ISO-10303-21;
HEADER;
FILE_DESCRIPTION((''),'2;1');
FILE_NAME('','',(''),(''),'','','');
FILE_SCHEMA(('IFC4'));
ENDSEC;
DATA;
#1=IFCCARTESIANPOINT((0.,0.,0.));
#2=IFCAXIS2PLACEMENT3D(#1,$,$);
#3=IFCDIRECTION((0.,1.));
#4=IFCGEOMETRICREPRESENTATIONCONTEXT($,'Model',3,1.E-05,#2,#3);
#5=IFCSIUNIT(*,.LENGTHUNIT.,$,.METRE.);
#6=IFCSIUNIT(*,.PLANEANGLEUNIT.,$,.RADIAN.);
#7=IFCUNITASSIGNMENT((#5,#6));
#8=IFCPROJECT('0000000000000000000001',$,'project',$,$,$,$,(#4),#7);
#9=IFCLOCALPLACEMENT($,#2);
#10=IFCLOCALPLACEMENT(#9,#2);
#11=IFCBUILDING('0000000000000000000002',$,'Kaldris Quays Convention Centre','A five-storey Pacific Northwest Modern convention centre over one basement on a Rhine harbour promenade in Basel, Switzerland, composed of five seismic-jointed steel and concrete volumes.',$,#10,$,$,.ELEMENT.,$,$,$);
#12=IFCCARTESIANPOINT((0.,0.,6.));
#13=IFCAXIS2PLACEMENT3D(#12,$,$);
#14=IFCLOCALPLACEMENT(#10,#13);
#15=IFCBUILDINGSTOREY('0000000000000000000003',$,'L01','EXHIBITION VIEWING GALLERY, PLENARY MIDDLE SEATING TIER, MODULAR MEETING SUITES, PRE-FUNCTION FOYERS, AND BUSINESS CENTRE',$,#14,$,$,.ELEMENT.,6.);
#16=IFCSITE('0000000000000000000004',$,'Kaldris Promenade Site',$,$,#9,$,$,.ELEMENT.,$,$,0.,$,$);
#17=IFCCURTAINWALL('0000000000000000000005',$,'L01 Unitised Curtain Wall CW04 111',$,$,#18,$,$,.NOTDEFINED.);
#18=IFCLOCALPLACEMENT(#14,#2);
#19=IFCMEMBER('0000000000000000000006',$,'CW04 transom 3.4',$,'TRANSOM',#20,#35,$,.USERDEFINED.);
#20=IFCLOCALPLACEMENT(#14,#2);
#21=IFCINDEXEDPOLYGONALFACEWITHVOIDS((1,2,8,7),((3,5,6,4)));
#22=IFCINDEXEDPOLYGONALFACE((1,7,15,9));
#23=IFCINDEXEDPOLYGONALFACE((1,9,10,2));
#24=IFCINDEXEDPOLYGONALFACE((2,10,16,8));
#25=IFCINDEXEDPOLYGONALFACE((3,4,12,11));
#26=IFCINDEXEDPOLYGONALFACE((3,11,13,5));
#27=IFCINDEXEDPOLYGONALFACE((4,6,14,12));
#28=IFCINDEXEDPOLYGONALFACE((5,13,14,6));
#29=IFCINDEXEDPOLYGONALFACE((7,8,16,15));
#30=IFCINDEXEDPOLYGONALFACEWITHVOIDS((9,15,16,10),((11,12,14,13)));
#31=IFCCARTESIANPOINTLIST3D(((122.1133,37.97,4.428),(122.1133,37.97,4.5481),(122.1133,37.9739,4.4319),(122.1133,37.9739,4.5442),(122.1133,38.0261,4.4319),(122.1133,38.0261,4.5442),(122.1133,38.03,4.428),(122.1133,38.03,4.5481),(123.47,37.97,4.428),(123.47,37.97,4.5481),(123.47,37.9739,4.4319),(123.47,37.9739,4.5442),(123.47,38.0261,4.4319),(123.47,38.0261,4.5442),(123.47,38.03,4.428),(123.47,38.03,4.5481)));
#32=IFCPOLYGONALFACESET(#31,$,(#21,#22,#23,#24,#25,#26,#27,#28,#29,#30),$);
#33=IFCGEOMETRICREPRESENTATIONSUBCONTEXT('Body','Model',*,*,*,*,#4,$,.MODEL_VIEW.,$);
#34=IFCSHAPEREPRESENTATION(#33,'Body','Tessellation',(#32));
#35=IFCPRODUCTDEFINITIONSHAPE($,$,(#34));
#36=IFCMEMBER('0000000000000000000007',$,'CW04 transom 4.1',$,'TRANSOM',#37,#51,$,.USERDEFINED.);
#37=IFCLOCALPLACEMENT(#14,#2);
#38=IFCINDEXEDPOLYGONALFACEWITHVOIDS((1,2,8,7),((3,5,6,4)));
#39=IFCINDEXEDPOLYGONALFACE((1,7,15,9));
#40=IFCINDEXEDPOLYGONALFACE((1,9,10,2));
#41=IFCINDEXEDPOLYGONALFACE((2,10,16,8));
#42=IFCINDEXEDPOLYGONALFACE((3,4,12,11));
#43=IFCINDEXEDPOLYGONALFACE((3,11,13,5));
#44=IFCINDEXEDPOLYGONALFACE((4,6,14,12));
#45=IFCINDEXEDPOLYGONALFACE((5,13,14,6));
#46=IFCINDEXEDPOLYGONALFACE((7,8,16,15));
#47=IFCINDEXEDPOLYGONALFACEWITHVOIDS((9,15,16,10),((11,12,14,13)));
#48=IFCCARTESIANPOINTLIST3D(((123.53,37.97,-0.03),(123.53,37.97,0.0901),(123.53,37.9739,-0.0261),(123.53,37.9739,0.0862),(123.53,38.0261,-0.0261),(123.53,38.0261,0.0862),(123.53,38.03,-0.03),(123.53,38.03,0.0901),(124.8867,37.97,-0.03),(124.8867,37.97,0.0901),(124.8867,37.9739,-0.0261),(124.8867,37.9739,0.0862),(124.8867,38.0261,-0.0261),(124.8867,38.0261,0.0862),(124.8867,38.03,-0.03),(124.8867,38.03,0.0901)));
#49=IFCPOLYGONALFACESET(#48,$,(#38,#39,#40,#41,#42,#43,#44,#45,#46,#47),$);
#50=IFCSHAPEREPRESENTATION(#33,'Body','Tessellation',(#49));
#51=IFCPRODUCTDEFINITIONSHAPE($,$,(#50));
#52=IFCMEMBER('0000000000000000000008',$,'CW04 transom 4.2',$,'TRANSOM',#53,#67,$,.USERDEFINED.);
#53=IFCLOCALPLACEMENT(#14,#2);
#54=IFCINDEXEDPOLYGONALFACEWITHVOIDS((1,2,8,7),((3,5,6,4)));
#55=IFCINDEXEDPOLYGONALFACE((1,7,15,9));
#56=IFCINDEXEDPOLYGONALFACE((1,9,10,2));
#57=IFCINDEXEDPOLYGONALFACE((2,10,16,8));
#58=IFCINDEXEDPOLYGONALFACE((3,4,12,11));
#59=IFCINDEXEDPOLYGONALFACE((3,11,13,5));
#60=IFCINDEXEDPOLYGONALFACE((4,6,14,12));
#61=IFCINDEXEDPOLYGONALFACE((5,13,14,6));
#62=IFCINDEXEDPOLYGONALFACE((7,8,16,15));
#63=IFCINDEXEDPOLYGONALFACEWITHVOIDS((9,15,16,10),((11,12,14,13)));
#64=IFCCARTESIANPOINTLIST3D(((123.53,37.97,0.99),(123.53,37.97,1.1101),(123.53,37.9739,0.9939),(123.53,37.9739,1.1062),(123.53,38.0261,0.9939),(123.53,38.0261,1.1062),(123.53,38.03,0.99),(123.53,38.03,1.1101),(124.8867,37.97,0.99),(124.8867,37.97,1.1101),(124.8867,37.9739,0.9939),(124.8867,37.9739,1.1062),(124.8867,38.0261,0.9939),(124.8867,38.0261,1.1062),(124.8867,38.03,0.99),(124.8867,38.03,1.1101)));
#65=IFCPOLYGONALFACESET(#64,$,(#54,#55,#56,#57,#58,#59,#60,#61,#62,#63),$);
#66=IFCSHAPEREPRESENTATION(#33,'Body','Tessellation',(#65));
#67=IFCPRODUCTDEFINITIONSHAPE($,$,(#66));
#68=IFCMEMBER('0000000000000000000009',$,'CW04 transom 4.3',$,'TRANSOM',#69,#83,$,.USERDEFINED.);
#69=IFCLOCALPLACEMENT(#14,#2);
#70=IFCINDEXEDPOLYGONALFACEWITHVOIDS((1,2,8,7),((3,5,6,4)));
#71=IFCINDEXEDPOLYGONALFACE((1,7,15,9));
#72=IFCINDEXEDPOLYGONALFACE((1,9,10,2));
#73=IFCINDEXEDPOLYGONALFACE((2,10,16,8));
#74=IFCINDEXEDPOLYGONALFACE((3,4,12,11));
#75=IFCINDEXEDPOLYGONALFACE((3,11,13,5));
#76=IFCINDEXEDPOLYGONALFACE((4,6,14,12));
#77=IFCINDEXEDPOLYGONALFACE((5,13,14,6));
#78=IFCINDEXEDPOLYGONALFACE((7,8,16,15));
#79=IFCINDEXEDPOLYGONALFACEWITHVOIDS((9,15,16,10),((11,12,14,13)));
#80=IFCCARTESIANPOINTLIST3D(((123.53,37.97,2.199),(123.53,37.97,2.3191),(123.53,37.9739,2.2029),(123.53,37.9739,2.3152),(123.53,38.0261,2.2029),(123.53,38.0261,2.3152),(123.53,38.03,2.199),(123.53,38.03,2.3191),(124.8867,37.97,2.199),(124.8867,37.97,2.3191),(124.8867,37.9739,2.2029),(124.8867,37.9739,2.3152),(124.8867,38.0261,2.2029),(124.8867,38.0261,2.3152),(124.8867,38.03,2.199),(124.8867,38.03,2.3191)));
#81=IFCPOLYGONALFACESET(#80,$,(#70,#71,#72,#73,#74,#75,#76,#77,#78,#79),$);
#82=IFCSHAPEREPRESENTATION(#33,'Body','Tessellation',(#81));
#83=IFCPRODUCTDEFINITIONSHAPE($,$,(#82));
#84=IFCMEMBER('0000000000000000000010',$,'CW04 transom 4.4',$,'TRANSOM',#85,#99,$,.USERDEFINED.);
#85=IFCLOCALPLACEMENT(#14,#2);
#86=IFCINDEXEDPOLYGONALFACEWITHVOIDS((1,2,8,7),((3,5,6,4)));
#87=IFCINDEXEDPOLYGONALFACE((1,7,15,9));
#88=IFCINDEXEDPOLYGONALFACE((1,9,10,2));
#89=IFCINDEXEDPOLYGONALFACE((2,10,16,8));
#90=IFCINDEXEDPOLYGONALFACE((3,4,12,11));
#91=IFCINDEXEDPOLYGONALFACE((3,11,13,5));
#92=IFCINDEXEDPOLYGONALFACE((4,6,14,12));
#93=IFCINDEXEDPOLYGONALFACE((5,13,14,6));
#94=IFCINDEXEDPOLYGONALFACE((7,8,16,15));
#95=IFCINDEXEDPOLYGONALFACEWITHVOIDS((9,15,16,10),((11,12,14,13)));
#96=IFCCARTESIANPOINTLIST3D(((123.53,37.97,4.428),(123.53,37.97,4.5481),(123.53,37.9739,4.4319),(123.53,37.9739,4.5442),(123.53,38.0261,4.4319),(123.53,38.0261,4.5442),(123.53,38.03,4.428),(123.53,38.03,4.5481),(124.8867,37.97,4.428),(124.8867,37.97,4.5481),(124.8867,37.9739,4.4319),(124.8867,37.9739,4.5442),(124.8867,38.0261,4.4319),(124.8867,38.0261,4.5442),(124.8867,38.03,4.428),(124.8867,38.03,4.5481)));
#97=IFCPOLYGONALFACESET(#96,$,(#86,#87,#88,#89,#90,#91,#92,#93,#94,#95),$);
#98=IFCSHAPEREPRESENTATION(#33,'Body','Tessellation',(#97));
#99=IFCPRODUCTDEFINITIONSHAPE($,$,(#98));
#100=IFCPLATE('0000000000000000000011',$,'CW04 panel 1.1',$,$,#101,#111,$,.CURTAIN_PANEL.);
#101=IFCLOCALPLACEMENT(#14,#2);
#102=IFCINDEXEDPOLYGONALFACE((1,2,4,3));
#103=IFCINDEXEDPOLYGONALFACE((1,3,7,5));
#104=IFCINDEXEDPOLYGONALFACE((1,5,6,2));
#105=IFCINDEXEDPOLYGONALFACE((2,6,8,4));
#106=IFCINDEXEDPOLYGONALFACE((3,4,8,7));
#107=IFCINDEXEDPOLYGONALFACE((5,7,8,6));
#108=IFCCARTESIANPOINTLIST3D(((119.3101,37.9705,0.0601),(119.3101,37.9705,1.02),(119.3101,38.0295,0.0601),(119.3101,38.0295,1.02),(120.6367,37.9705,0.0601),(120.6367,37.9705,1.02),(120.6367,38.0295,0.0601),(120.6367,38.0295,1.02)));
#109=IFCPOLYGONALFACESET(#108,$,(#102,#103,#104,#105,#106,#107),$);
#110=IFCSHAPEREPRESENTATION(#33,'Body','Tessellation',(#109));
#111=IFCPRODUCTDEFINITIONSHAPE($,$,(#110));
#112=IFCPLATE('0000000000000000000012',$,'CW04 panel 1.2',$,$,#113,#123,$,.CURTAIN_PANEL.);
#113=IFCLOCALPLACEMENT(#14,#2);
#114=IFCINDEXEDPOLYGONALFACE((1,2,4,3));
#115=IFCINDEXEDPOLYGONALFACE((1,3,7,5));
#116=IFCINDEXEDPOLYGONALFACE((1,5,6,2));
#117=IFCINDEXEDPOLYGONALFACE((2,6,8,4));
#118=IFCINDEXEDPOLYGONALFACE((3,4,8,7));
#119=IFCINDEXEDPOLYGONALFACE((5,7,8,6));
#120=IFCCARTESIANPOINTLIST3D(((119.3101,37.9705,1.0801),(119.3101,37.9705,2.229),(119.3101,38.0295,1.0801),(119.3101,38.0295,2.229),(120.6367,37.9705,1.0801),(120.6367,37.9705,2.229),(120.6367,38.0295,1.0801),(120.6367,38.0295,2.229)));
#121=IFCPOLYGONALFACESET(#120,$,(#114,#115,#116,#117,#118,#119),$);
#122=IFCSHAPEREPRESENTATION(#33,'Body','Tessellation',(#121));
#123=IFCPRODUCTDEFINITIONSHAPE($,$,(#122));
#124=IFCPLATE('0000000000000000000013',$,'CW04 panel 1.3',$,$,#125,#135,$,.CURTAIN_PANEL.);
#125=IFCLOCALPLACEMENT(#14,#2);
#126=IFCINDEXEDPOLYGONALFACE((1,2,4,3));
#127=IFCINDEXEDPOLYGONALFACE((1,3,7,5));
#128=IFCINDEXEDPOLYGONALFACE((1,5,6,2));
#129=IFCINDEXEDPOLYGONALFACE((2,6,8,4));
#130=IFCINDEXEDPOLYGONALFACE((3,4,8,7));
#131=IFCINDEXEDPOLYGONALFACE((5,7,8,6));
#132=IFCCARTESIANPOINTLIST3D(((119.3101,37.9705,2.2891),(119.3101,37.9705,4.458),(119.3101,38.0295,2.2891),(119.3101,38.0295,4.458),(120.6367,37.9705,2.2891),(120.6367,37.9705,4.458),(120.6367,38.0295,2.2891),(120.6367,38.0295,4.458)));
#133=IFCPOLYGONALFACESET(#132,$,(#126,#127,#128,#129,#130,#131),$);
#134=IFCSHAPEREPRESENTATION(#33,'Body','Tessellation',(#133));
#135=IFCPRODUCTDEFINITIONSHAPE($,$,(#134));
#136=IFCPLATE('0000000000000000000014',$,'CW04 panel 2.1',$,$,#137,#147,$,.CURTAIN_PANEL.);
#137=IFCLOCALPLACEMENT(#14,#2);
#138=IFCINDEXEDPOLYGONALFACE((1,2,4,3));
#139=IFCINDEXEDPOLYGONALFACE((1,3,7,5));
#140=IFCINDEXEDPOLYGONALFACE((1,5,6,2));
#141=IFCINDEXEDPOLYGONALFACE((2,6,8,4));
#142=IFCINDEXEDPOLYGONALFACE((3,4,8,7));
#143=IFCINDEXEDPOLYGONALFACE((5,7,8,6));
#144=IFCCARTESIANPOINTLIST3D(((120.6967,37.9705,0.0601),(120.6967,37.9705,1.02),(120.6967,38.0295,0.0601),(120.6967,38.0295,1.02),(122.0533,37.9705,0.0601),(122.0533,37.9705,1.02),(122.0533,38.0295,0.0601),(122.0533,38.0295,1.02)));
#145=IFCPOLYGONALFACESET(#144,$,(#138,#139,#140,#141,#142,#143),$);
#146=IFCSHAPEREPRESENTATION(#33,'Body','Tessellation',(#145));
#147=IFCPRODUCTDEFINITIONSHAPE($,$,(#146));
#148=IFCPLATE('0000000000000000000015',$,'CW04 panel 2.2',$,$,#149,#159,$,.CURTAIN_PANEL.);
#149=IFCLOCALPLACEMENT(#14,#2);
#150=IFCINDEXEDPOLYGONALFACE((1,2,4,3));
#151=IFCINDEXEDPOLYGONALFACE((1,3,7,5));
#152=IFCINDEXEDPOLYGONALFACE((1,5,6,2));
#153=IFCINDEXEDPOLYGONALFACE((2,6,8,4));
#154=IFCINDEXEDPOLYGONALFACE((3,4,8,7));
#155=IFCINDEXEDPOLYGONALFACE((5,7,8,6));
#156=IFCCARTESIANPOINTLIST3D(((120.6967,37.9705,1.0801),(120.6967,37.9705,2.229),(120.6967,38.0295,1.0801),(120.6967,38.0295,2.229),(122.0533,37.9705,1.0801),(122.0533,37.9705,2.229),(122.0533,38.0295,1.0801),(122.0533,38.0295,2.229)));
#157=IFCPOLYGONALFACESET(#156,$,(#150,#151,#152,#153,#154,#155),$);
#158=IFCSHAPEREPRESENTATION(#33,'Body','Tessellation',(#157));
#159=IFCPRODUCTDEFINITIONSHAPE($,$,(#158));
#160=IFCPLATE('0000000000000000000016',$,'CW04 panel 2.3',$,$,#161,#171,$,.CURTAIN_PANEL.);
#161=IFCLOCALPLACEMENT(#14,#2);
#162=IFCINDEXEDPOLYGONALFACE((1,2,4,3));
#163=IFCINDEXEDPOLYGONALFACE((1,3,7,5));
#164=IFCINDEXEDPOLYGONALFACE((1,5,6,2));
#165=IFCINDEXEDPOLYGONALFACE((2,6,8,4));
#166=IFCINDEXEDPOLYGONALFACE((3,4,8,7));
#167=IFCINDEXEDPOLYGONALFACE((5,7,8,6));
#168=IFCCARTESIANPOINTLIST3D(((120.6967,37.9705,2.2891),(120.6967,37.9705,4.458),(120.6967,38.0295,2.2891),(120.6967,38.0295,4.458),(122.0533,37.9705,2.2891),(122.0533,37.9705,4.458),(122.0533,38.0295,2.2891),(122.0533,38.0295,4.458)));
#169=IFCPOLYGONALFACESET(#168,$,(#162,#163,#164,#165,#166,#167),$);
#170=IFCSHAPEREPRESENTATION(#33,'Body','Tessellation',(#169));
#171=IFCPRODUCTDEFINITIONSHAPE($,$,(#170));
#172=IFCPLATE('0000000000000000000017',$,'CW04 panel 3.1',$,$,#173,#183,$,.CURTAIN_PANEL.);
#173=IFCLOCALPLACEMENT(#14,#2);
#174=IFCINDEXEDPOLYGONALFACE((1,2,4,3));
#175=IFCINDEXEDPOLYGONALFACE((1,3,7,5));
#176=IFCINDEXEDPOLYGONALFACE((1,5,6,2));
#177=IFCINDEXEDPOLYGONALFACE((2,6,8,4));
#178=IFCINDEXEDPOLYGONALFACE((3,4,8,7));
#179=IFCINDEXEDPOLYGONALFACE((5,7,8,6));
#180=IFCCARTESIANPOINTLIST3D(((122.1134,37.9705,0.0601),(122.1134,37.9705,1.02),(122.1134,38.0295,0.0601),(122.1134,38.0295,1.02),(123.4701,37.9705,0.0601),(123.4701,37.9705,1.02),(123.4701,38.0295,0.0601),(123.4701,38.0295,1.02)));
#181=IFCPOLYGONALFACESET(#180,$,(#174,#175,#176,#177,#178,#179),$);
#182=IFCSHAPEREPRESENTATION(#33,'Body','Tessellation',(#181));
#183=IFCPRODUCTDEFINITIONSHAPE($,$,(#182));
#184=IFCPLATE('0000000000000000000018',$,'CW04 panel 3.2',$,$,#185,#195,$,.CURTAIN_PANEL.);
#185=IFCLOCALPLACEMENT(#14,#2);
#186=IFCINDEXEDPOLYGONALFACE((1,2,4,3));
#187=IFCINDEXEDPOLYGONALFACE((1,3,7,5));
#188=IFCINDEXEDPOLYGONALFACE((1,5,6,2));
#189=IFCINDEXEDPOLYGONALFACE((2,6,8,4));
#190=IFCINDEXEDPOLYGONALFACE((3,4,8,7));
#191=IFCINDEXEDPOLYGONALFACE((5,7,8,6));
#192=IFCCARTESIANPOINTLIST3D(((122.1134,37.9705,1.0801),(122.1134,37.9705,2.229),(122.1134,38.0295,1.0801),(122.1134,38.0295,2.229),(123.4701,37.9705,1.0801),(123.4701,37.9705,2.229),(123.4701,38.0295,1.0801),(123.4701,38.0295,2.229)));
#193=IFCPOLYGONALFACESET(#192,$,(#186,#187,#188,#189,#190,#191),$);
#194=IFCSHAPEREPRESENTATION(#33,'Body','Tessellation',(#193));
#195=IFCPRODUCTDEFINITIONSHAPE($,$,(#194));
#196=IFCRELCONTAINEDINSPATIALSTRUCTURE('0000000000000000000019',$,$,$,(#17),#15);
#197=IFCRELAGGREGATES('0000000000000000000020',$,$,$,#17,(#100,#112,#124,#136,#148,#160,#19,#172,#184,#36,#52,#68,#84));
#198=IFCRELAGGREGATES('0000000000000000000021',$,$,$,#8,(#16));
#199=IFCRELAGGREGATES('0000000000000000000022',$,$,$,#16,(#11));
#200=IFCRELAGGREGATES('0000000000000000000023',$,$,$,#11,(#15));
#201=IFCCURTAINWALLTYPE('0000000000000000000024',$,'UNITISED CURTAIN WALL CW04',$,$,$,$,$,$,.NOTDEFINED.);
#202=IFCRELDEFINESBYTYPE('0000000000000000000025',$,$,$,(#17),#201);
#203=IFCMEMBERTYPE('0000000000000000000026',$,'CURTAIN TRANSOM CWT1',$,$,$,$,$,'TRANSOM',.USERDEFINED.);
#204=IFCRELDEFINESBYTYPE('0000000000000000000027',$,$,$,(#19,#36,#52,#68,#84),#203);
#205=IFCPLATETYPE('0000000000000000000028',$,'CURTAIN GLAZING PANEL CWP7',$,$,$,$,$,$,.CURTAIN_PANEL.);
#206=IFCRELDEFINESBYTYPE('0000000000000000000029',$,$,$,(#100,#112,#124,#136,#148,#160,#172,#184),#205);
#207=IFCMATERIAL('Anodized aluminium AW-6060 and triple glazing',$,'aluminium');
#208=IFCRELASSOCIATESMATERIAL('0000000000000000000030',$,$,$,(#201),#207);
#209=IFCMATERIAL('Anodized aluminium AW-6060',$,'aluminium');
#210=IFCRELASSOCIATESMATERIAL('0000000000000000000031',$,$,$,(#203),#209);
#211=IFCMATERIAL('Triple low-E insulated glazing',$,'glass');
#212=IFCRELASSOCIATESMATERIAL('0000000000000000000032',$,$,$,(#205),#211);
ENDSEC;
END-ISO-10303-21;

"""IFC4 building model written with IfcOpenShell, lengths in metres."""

from ifc_helpers import new_model, si_unit, direction, frame, origin, origin_2d, place, context, subcontext, project, spatial, rectangle, hollow_rectangle, extrude, material, material_profile, profile_set, type_object, element, aggregate, save


model = new_model("IFC4")

# Units and contexts
model_context = context("Model", 3, precision=1e-05, world=origin(), true_north=direction((0.0, 1.0)))
body_context = subcontext(model_context, "Body", "Model", "MODEL_VIEW")
ifc_project = project(units=[si_unit("LENGTHUNIT", "METRE"), si_unit("PLANEANGLEUNIT", "RADIAN")], contexts=[model_context])

# Site, building, storey
site_placement = place(None, origin())
site = spatial("IfcSite", under=ifc_project, at=site_placement, Name="Kaldris Promenade Site", CompositionType="ELEMENT", RefElevation=0.0)
building_placement = place(site_placement, origin())
building = spatial("IfcBuilding", under=site, at=building_placement, Name="Kaldris Quays Convention Centre", Description="A five-storey Pacific Northwest Modern convention centre over one basement on a Rhine harbour promenade in Basel, Switzerland, composed of five seismic-jointed steel and concrete volumes.", CompositionType="ELEMENT")
storey_placement = place(building_placement, frame((0.0, 0.0, 6.0)))
storey = spatial("IfcBuildingStorey", under=building, at=storey_placement, Name="L01", Description="EXHIBITION VIEWING GALLERY, PLENARY MIDDLE SEATING TIER, MODULAR MEETING SUITES, PRE-FUNCTION FOYERS, AND BUSINESS CENTRE", CompositionType="ELEMENT", Elevation=6.0)

# Curtain wall, members, plates
ifc_material_1 = material(Name="Anodized aluminium AW-6060 and triple glazing", Category="aluminium")
curtain_wall_type = type_object("IfcCurtainWallType", Name="UNITISED CURTAIN WALL CW04", PredefinedType="NOTDEFINED", material=ifc_material_1)
curtain_wall_placement = place(storey_placement, origin())
curtain_wall = element("IfcCurtainWall", 1, at=curtain_wall_placement, inside=storey, type_object=curtain_wall_type, Name="L01 Unitised Curtain Wall CW04 111", PredefinedType="NOTDEFINED")
ifc_material_2 = material(Name="Anodized aluminium AW-6060", Category="aluminium")
ifc_material_profile_1 = material_profile(ifc_material_2, hollow_rectangle(XDim=0.0601, YDim=0.1201, WallThickness=0.0039, at=origin_2d()), Name="RHS 120x60x4")
ifc_profile_set_1 = profile_set([ifc_material_profile_1], Name="Anodized aluminium AW-6060")
member_type_1 = type_object("IfcMemberType", Name="CURTAIN TRANSOM CWT1", ElementType="TRANSOM", PredefinedType="USERDEFINED", material=ifc_profile_set_1)
member_1_placement = place(storey_placement, frame((122.1133, 38.0, 4.488), z_axis=(1.0, 0.0, 0.0), x_axis=(0.0, 1.0, 0.0)))
member_1 = element("IfcMember", 2, at=member_1_placement, type_object=member_type_1, Name="CW04 transom 3.4", ObjectType="TRANSOM", PredefinedType="USERDEFINED", context=body_context, shape_type="SweptSolid", body=[
    extrude(hollow_rectangle(XDim=0.0601, YDim=0.1201, WallThickness=0.0039, at=origin_2d()), origin(), (0.0, 0.0, 1.0), 1.3567),
])
member_2_placement = place(storey_placement, frame((123.53, 38.0, 0.03), z_axis=(1.0, 0.0, 0.0), x_axis=(0.0, 1.0, 0.0)))
member_2 = element("IfcMember", 3, at=member_2_placement, type_object=member_type_1, Name="CW04 transom 4.1", ObjectType="TRANSOM", PredefinedType="USERDEFINED", context=body_context, shape_type="SweptSolid", body=[
    extrude(hollow_rectangle(XDim=0.0601, YDim=0.1201, WallThickness=0.0039, at=origin_2d()), origin(), (0.0, 0.0, 1.0), 1.3567),
])
member_3_placement = place(storey_placement, frame((123.53, 38.0, 1.05), z_axis=(1.0, 0.0, 0.0), x_axis=(0.0, 1.0, 0.0)))
member_3 = element("IfcMember", 4, at=member_3_placement, type_object=member_type_1, Name="CW04 transom 4.2", ObjectType="TRANSOM", PredefinedType="USERDEFINED", context=body_context, shape_type="SweptSolid", body=[
    extrude(hollow_rectangle(XDim=0.0601, YDim=0.1201, WallThickness=0.0039, at=origin_2d()), origin(), (0.0, 0.0, 1.0), 1.3567),
])
member_4_placement = place(storey_placement, frame((123.53, 38.0, 2.259), z_axis=(1.0, 0.0, 0.0), x_axis=(0.0, 1.0, 0.0)))
member_4 = element("IfcMember", 5, at=member_4_placement, type_object=member_type_1, Name="CW04 transom 4.3", ObjectType="TRANSOM", PredefinedType="USERDEFINED", context=body_context, shape_type="SweptSolid", body=[
    extrude(hollow_rectangle(XDim=0.0601, YDim=0.1201, WallThickness=0.0039, at=origin_2d()), origin(), (0.0, 0.0, 1.0), 1.3567),
])
member_5_placement = place(storey_placement, frame((123.53, 38.0, 4.488), z_axis=(1.0, 0.0, 0.0), x_axis=(0.0, 1.0, 0.0)))
member_5 = element("IfcMember", 6, at=member_5_placement, type_object=member_type_1, Name="CW04 transom 4.4", ObjectType="TRANSOM", PredefinedType="USERDEFINED", context=body_context, shape_type="SweptSolid", body=[
    extrude(hollow_rectangle(XDim=0.0601, YDim=0.1201, WallThickness=0.0039, at=origin_2d()), origin(), (0.0, 0.0, 1.0), 1.3567),
])
ifc_material_3 = material(Name="Triple low-E insulated glazing", Category="glass")
plate_type = type_object("IfcPlateType", Name="CURTAIN GLAZING PANEL CWP7", PredefinedType="CURTAIN_PANEL", material=ifc_material_3)
plate_1_placement = place(storey_placement, frame((119.9734, 38.0, 0.0601), z_axis=(0.0, 0.0, 1.0), x_axis=(1.0, 0.0, 0.0)))
plate_1 = element("IfcPlate", 7, at=plate_1_placement, type_object=plate_type, Name="CW04 panel 1.1", PredefinedType="CURTAIN_PANEL", context=body_context, shape_type="SweptSolid", body=[
    extrude(rectangle(XDim=1.3267, YDim=0.0591, at=origin_2d()), origin(), (0.0, 0.0, 1.0), 0.96),
])
plate_2_placement = place(storey_placement, frame((119.9734, 38.0, 1.0801), z_axis=(0.0, 0.0, 1.0), x_axis=(1.0, 0.0, 0.0)))
plate_2 = element("IfcPlate", 8, at=plate_2_placement, type_object=plate_type, Name="CW04 panel 1.2", PredefinedType="CURTAIN_PANEL", context=body_context, shape_type="SweptSolid", body=[
    extrude(rectangle(XDim=1.3267, YDim=0.0591, at=origin_2d()), origin(), (0.0, 0.0, 1.0), 1.1489),
])
plate_3_placement = place(storey_placement, frame((119.9734, 38.0, 2.2891), z_axis=(0.0, 0.0, 1.0), x_axis=(1.0, 0.0, 0.0)))
plate_3 = element("IfcPlate", 9, at=plate_3_placement, type_object=plate_type, Name="CW04 panel 1.3", PredefinedType="CURTAIN_PANEL", context=body_context, shape_type="SweptSolid", body=[
    extrude(rectangle(XDim=1.3267, YDim=0.0591, at=origin_2d()), origin(), (0.0, 0.0, 1.0), 2.1689),
])
plate_4_placement = place(storey_placement, frame((121.375, 38.0, 0.0601), z_axis=(0.0, 0.0, 1.0), x_axis=(1.0, 0.0, 0.0)))
plate_4 = element("IfcPlate", 10, at=plate_4_placement, type_object=plate_type, Name="CW04 panel 2.1", PredefinedType="CURTAIN_PANEL", context=body_context, shape_type="SweptSolid", body=[
    extrude(rectangle(XDim=1.3567, YDim=0.0591, at=origin_2d()), origin(), (0.0, 0.0, 1.0), 0.96),
])
plate_5_placement = place(storey_placement, frame((121.375, 38.0, 1.0801), z_axis=(0.0, 0.0, 1.0), x_axis=(1.0, 0.0, 0.0)))
plate_5 = element("IfcPlate", 11, at=plate_5_placement, type_object=plate_type, Name="CW04 panel 2.2", PredefinedType="CURTAIN_PANEL", context=body_context, shape_type="SweptSolid", body=[
    extrude(rectangle(XDim=1.3567, YDim=0.0591, at=origin_2d()), origin(), (0.0, 0.0, 1.0), 1.1489),
])
plate_6_placement = place(storey_placement, frame((121.375, 38.0, 2.2891), z_axis=(0.0, 0.0, 1.0), x_axis=(1.0, 0.0, 0.0)))
plate_6 = element("IfcPlate", 12, at=plate_6_placement, type_object=plate_type, Name="CW04 panel 2.3", PredefinedType="CURTAIN_PANEL", context=body_context, shape_type="SweptSolid", body=[
    extrude(rectangle(XDim=1.3567, YDim=0.0591, at=origin_2d()), origin(), (0.0, 0.0, 1.0), 2.1689),
])
plate_7_placement = place(storey_placement, frame((122.7917, 38.0, 0.0601), z_axis=(0.0, 0.0, 1.0), x_axis=(1.0, 0.0, 0.0)))
plate_7 = element("IfcPlate", 13, at=plate_7_placement, type_object=plate_type, Name="CW04 panel 3.1", PredefinedType="CURTAIN_PANEL", context=body_context, shape_type="SweptSolid", body=[
    extrude(rectangle(XDim=1.3567, YDim=0.0591, at=origin_2d()), origin(), (0.0, 0.0, 1.0), 0.96),
])
plate_8_placement = place(storey_placement, frame((122.7917, 38.0, 1.0801), z_axis=(0.0, 0.0, 1.0), x_axis=(1.0, 0.0, 0.0)))
plate_8 = element("IfcPlate", 14, at=plate_8_placement, type_object=plate_type, Name="CW04 panel 3.2", PredefinedType="CURTAIN_PANEL", context=body_context, shape_type="SweptSolid", body=[
    extrude(rectangle(XDim=1.3567, YDim=0.0591, at=origin_2d()), origin(), (0.0, 0.0, 1.0), 1.1489),
])
aggregate(curtain_wall, [plate_1, plate_2, plate_3, plate_4, plate_5, plate_6, member_1, plate_7, plate_8, member_2, member_3, member_4, member_5])

save(model, "model.ifc")
